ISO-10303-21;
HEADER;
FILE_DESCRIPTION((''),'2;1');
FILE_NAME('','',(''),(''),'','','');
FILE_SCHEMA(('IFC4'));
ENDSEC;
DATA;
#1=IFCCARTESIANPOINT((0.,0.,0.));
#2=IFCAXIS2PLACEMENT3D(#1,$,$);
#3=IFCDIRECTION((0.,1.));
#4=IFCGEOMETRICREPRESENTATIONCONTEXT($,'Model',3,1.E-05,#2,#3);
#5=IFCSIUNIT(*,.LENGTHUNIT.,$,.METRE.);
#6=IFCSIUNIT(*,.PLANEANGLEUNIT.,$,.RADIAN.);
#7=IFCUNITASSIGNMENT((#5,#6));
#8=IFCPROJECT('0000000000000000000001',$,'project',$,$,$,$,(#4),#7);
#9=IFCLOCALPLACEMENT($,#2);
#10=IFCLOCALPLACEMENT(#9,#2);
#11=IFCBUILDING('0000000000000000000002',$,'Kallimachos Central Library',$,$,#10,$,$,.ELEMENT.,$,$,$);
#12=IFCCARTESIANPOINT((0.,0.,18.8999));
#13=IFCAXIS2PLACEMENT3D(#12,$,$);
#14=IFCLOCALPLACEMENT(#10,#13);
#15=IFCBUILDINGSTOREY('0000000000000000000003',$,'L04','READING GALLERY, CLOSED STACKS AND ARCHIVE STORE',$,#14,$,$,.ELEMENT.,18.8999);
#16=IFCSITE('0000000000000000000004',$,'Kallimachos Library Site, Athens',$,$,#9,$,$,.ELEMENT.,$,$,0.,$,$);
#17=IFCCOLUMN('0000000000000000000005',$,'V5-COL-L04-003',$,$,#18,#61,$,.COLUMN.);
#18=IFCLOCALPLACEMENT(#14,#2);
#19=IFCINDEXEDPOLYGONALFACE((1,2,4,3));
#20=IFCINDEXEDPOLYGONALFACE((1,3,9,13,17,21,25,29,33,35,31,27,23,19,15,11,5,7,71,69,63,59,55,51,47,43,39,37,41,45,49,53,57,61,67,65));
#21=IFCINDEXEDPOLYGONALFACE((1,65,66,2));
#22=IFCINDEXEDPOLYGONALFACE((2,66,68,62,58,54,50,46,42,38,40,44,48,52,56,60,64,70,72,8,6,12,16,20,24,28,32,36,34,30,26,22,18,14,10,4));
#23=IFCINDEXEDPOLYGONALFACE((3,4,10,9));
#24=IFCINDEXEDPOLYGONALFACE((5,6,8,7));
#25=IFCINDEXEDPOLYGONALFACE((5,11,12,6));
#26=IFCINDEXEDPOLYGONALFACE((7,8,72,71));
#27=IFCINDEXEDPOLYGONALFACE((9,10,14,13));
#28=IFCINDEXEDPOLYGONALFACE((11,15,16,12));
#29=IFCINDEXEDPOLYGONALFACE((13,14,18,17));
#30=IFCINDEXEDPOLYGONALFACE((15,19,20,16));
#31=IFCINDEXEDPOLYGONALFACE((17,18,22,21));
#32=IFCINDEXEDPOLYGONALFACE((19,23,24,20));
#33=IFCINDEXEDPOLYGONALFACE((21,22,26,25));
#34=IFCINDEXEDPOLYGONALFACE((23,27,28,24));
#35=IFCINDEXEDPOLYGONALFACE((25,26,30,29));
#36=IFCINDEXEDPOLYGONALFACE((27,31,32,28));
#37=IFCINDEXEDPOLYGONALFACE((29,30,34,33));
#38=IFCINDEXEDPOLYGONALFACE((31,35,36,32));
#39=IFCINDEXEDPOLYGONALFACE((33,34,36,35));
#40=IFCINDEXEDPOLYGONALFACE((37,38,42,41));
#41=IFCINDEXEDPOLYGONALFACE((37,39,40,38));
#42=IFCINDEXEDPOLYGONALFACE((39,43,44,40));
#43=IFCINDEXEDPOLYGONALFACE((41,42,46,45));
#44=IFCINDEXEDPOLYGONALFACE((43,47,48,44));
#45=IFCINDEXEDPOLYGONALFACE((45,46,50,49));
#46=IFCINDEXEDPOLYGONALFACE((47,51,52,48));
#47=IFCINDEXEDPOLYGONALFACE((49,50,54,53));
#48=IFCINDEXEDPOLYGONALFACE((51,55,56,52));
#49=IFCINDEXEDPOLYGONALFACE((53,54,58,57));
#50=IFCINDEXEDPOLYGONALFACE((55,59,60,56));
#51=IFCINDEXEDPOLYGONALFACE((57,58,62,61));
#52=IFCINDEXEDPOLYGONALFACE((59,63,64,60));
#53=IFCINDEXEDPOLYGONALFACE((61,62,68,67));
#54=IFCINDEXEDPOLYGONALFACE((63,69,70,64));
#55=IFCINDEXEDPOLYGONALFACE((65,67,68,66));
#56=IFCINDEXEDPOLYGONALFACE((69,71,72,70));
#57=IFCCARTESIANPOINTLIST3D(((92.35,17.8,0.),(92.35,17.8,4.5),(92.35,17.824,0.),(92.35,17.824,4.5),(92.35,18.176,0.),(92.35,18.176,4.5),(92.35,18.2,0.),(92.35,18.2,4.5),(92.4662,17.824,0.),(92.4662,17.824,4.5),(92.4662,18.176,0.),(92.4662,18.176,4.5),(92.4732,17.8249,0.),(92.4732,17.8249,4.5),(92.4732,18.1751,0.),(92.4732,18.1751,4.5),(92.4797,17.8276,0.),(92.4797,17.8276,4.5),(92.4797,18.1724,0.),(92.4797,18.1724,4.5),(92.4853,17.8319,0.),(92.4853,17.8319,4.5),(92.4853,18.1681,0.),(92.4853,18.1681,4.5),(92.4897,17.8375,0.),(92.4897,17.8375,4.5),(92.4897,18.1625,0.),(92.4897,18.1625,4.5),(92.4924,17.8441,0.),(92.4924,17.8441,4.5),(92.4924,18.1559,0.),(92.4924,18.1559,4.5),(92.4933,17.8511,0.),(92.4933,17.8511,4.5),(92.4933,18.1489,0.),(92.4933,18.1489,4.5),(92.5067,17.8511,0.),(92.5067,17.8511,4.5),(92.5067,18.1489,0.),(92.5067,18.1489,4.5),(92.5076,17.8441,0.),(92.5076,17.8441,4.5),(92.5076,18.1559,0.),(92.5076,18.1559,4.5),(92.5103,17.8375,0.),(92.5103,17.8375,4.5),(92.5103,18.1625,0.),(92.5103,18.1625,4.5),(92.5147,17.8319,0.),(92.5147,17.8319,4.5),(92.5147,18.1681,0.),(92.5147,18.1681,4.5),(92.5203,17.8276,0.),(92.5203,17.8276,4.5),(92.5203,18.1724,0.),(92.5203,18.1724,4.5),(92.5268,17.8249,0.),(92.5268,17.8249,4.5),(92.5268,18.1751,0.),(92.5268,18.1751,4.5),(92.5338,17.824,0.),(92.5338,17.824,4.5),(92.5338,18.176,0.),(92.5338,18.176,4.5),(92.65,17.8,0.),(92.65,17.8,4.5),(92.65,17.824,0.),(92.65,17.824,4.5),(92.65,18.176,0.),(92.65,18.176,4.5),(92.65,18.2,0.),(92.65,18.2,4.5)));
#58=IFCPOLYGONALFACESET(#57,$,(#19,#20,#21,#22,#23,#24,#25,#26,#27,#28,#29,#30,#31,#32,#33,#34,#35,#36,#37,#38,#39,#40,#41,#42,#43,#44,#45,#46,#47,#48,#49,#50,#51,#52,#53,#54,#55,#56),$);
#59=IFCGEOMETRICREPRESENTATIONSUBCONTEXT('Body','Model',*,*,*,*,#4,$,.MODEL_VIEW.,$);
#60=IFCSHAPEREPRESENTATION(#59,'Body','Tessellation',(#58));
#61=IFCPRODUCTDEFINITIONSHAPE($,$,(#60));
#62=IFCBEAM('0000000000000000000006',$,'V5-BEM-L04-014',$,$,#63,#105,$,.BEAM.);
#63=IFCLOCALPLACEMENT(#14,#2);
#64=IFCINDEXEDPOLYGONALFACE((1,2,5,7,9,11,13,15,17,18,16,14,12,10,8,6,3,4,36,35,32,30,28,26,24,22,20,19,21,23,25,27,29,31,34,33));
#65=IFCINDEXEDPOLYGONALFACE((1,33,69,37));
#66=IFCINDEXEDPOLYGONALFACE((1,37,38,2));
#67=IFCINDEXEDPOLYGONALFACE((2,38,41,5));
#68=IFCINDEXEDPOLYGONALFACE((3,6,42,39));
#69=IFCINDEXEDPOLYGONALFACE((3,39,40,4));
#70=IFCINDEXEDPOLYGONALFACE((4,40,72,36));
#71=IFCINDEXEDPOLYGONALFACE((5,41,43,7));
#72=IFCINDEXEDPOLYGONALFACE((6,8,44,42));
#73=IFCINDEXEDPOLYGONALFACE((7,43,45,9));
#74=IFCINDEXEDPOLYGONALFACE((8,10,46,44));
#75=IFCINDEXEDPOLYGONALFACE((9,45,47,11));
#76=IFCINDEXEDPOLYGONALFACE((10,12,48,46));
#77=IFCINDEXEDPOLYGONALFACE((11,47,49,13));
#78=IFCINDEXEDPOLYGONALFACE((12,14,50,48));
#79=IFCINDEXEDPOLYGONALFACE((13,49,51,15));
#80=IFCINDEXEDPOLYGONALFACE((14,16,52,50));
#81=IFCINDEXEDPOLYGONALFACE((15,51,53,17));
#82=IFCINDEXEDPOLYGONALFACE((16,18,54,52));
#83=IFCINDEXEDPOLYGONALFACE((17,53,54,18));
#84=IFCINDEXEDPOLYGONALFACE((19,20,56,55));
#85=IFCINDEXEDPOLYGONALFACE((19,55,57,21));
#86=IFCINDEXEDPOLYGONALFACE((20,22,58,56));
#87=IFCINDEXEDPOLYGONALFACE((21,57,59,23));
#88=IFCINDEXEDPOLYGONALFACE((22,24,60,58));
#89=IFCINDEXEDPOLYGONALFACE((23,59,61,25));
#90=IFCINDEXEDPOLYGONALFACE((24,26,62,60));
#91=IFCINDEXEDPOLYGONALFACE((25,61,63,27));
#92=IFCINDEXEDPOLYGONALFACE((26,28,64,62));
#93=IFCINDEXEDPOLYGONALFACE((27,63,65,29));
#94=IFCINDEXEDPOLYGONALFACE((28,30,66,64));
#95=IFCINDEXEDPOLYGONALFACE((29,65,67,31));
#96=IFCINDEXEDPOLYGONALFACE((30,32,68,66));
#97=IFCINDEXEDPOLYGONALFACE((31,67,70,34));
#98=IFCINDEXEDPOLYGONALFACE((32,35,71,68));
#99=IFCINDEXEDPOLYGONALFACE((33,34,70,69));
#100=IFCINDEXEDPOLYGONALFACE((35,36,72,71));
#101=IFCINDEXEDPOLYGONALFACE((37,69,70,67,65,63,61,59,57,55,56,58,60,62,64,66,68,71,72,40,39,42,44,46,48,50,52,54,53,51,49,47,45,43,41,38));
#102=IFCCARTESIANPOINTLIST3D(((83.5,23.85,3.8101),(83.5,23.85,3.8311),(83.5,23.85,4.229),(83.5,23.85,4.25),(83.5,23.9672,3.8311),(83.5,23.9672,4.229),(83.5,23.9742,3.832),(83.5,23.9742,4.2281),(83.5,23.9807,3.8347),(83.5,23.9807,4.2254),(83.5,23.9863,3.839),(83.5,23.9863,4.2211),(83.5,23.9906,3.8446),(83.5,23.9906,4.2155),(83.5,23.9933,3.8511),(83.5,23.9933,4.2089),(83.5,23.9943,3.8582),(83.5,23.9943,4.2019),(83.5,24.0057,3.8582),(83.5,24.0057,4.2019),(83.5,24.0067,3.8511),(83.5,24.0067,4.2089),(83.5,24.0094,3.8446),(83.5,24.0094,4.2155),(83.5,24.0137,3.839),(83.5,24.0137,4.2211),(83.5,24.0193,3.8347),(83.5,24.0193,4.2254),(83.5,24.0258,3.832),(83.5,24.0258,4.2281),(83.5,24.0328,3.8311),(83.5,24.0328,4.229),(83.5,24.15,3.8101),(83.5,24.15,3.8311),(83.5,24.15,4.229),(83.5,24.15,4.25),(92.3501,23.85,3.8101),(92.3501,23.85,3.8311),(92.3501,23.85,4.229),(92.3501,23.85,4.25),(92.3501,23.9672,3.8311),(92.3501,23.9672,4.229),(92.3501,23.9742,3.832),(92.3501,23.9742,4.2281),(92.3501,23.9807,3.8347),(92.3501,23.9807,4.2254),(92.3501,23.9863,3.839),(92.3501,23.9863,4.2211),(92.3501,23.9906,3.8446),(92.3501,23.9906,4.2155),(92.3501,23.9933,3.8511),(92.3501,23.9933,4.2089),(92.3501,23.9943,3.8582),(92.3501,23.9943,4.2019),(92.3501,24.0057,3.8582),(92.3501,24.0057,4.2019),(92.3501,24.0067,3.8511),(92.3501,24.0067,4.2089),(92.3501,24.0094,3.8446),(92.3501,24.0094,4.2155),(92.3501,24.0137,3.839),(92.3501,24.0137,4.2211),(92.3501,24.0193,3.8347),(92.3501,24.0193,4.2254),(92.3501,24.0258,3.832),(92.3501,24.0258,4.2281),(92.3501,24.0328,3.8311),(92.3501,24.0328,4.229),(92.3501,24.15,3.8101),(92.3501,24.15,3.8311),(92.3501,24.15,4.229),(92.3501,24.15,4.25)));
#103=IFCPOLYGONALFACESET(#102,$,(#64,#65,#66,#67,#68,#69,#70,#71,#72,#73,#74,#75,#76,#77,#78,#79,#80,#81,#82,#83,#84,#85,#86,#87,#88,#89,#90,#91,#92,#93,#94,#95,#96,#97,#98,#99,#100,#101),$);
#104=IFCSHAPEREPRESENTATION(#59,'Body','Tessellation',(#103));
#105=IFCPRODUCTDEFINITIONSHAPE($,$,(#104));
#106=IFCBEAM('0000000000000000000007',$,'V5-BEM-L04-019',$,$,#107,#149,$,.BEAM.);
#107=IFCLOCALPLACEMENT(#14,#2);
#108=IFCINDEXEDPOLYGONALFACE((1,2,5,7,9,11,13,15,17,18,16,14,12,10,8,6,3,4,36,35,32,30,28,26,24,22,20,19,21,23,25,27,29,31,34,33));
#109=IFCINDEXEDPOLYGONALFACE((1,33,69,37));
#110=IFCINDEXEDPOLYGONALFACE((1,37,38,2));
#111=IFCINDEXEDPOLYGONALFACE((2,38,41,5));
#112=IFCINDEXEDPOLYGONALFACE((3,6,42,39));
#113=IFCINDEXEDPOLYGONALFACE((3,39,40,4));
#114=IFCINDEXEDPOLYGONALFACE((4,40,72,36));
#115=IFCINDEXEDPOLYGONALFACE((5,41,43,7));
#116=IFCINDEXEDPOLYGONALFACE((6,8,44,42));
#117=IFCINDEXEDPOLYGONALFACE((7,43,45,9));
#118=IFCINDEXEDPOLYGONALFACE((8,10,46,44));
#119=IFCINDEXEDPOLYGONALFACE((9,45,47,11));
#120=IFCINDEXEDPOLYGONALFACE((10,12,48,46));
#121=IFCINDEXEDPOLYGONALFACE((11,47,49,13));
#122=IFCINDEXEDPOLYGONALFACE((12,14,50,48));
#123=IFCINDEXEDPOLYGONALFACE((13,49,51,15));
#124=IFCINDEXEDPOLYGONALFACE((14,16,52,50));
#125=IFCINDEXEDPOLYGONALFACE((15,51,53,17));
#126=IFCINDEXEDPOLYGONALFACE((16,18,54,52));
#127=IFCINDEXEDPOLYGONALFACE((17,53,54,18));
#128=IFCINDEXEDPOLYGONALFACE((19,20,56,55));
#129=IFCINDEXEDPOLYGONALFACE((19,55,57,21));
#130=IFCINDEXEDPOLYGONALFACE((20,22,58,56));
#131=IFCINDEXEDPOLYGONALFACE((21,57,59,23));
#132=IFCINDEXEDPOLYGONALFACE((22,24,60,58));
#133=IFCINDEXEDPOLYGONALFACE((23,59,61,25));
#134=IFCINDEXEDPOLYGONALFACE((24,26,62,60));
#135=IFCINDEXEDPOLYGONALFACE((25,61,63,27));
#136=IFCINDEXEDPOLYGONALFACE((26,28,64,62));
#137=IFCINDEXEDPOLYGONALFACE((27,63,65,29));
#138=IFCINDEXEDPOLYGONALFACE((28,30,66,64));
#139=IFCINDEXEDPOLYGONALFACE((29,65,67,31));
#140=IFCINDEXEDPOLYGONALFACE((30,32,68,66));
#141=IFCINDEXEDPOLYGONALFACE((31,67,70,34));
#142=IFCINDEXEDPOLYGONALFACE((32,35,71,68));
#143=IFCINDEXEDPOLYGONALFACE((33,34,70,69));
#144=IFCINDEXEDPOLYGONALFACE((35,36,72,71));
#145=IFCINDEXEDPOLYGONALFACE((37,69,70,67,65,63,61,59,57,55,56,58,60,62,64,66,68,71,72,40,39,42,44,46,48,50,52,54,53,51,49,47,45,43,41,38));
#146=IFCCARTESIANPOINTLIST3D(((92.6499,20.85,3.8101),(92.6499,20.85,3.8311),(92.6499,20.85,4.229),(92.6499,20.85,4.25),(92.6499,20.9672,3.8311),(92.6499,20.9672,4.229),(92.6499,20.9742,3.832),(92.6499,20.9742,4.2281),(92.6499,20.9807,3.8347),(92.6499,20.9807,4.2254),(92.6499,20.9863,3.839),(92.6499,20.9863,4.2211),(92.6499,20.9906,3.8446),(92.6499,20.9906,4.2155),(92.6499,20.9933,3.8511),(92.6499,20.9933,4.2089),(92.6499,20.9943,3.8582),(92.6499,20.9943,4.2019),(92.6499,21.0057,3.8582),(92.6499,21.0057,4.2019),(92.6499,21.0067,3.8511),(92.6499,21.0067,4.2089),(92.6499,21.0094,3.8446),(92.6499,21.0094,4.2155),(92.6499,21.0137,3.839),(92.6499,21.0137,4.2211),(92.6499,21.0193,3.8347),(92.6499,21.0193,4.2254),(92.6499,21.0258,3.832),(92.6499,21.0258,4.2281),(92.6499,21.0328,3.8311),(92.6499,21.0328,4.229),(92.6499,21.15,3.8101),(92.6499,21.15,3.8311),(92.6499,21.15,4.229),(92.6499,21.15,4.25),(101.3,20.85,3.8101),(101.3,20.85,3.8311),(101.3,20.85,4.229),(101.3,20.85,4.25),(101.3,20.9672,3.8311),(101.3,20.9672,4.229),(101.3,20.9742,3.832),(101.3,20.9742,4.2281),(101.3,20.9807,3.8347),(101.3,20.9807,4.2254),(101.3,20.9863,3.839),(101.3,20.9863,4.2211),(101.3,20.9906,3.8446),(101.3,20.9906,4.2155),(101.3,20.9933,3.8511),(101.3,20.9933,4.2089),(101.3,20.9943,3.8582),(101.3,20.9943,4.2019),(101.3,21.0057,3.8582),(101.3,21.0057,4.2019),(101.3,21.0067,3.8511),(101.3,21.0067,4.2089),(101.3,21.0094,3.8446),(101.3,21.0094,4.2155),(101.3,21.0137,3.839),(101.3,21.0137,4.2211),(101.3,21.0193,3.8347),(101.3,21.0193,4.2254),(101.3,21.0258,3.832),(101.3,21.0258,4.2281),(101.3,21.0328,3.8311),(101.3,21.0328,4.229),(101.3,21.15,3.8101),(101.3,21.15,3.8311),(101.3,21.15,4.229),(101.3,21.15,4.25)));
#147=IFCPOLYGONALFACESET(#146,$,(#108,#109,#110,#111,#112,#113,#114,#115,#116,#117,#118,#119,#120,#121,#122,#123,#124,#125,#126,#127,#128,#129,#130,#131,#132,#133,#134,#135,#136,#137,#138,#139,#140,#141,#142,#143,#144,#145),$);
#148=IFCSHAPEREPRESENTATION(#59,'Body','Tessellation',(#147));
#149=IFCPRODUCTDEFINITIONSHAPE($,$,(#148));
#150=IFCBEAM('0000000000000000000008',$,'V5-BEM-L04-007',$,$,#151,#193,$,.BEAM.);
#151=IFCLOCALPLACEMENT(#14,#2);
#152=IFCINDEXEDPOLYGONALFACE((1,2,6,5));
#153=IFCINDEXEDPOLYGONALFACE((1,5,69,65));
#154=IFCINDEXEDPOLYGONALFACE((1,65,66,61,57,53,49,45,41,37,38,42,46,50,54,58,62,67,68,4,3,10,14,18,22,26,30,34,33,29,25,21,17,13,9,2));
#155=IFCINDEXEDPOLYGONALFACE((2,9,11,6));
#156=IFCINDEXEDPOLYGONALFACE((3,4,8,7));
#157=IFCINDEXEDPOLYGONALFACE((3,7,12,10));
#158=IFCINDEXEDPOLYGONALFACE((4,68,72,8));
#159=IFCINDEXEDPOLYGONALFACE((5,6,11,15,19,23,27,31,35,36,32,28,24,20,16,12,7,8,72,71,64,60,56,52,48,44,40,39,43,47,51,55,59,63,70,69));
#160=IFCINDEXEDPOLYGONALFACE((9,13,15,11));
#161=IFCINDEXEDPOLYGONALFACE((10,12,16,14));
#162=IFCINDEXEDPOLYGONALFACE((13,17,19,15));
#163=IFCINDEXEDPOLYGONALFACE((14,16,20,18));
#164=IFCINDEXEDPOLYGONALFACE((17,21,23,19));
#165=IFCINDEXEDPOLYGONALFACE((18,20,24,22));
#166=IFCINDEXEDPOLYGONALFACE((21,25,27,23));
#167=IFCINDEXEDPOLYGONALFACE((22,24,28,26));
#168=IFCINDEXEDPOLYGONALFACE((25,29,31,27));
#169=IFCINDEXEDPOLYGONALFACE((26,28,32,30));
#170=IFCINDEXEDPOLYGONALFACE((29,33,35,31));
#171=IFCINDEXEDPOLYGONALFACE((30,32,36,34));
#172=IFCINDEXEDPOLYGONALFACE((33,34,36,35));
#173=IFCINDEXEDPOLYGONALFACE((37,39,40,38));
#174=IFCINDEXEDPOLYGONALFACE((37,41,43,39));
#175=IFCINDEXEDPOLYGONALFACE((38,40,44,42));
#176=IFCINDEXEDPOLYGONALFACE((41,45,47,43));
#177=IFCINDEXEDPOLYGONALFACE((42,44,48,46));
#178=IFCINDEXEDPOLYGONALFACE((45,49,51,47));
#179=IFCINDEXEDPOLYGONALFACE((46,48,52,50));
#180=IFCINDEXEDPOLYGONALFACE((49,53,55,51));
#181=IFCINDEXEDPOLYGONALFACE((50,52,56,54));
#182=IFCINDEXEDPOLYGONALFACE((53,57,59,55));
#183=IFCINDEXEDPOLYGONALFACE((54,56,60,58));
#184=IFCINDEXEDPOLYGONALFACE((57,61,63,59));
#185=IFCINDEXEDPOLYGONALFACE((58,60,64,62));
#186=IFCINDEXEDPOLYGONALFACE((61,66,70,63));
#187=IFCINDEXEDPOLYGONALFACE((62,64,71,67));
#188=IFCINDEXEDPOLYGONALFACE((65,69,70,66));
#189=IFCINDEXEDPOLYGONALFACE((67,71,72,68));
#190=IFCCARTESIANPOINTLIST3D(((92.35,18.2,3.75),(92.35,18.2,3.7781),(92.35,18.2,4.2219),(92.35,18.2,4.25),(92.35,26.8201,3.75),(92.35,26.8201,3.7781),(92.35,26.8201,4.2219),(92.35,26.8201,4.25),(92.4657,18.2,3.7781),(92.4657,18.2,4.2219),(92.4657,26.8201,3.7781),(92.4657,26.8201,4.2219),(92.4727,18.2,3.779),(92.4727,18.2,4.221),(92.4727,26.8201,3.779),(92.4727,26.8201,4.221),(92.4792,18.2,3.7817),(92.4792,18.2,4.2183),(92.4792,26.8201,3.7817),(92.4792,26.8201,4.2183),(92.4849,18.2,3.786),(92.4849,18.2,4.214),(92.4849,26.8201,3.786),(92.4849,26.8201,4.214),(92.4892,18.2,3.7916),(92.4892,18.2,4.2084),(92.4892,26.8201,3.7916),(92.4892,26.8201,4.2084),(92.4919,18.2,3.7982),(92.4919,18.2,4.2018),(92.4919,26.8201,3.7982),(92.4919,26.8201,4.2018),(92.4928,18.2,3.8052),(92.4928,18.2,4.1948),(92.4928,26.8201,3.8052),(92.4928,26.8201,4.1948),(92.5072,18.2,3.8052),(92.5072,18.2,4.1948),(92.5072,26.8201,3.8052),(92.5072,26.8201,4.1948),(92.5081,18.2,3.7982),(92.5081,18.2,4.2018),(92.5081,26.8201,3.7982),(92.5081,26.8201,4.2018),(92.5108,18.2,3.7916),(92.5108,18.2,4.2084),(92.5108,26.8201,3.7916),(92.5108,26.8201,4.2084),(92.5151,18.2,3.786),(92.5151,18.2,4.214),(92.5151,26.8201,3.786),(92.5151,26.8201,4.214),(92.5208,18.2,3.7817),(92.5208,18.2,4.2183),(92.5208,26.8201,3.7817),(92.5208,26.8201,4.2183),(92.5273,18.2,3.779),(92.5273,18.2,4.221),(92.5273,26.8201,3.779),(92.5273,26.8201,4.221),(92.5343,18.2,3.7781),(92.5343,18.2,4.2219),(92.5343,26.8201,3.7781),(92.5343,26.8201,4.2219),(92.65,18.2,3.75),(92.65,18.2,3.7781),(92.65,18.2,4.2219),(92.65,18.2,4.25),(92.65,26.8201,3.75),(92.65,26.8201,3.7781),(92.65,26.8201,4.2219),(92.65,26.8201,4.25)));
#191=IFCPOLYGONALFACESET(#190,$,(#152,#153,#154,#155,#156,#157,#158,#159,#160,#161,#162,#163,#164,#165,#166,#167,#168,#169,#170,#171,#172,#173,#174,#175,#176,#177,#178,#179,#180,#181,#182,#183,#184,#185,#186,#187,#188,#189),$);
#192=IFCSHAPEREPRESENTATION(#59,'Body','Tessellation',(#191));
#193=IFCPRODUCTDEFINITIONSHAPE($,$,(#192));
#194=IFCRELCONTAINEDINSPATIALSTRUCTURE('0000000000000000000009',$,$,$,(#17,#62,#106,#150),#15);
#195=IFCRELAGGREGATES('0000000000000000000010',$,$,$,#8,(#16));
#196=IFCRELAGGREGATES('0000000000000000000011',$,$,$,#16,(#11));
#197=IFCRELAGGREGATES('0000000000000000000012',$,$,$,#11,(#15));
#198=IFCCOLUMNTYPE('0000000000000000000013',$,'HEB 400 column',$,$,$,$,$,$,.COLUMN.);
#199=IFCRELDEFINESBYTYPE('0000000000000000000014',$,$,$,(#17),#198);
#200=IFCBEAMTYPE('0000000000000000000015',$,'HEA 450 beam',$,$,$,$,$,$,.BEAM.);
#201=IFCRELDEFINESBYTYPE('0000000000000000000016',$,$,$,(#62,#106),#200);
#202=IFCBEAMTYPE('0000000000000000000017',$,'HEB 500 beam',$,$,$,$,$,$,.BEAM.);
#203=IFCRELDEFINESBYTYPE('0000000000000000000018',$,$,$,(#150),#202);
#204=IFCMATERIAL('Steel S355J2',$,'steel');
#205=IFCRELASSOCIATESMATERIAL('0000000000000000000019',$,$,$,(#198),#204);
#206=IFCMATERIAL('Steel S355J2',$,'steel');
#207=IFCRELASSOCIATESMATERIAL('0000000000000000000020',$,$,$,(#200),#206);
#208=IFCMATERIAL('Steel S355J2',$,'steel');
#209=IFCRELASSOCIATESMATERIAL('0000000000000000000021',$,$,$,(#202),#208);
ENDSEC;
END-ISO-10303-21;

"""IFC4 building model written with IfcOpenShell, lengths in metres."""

from ifc_helpers import new_model, si_unit, direction, frame, origin, origin_2d, place, context, subcontext, project, spatial, i_section, extrude, material, material_profile, profile_set, type_object, element, save


model = new_model("IFC4")

# Units and contexts
model_context = context("Model", 3, precision=1e-05, world=origin(), true_north=direction((0.0, 1.0)))
body_context = subcontext(model_context, "Body", "Model", "MODEL_VIEW")
ifc_project = project(units=[si_unit("LENGTHUNIT", "METRE"), si_unit("PLANEANGLEUNIT", "RADIAN")], contexts=[model_context])

# Site, building, storey
site_placement = place(None, origin())
site = spatial("IfcSite", under=ifc_project, at=site_placement, Name="Kallimachos Library Site, Athens", CompositionType="ELEMENT", RefElevation=0.0)
building_placement = place(site_placement, origin())
building = spatial("IfcBuilding", under=site, at=building_placement, Name="Kallimachos Central Library", CompositionType="ELEMENT")
storey_placement = place(building_placement, frame((0.0, 0.0, 18.8999)))
storey = spatial("IfcBuildingStorey", under=building, at=storey_placement, Name="L04", Description="READING GALLERY, CLOSED STACKS AND ARCHIVE STORE", CompositionType="ELEMENT", Elevation=18.8999)

# Column
ifc_material_1 = material(Name="Steel S355J2", Category="steel")
ifc_material_profile_1 = material_profile(ifc_material_1, i_section(OverallWidth=0.3, OverallDepth=0.3999, WebThickness=0.0134, FlangeThickness=0.0239, FilletRadius=0.0271, at=origin_2d()), Name="HEB 400")
ifc_profile_set_1 = profile_set([ifc_material_profile_1], Name="Steel S355J2")
column_type = type_object("IfcColumnType", Name="HEB 400 column", PredefinedType="COLUMN", material=ifc_profile_set_1)
column_placement = place(storey_placement, frame((92.5, 18.0, 0.0), z_axis=(0.0, 0.0, 1.0), x_axis=(1.0, 0.0, 0.0)))
element("IfcColumn", 1, at=column_placement, inside=storey, type_object=column_type, Name="V5-COL-L04-003", PredefinedType="COLUMN", context=body_context, shape_type="SweptSolid", body=[
    extrude(i_section(OverallWidth=0.3, OverallDepth=0.3999, WebThickness=0.0134, FlangeThickness=0.0239, FilletRadius=0.0271, at=origin_2d()), origin(), (0.0, 0.0, 1.0), 4.5),
])

# Beams
ifc_material_2 = material(Name="Steel S355J2", Category="steel")
ifc_material_profile_2 = material_profile(ifc_material_2, i_section(OverallWidth=0.3, OverallDepth=0.4399, WebThickness=0.0115, FlangeThickness=0.021, FilletRadius=0.0271, at=origin_2d()), Name="HEA 450")
ifc_profile_set_2 = profile_set([ifc_material_profile_2], Name="Steel S355J2")
beam_type_1 = type_object("IfcBeamType", Name="HEA 450 beam", PredefinedType="BEAM", material=ifc_profile_set_2)
beam_1_placement = place(storey_placement, frame((83.5, 24.0, 4.03), z_axis=(1.0, 0.0, 0.0), x_axis=(0.0, 1.0, 0.0)))
element("IfcBeam", 2, at=beam_1_placement, inside=storey, type_object=beam_type_1, Name="V5-BEM-L04-014", PredefinedType="BEAM", context=body_context, shape_type="SweptSolid", body=[
    extrude(i_section(OverallWidth=0.3, OverallDepth=0.4399, WebThickness=0.0115, FlangeThickness=0.021, FilletRadius=0.0271, at=origin_2d()), origin(), (0.0, 0.0, 1.0), 8.8501),
])
beam_2_placement = place(storey_placement, frame((92.6499, 21.0, 4.03), z_axis=(1.0, 0.0, 0.0), x_axis=(0.0, 1.0, 0.0)))
element("IfcBeam", 3, at=beam_2_placement, inside=storey, type_object=beam_type_1, Name="V5-BEM-L04-019", PredefinedType="BEAM", context=body_context, shape_type="SweptSolid", body=[
    extrude(i_section(OverallWidth=0.3, OverallDepth=0.4399, WebThickness=0.0115, FlangeThickness=0.021, FilletRadius=0.0271, at=origin_2d()), origin(), (0.0, 0.0, 1.0), 8.6501),
])
ifc_material_3 = material(Name="Steel S355J2", Category="steel")
ifc_material_profile_3 = material_profile(ifc_material_3, i_section(OverallWidth=0.3, OverallDepth=0.5, WebThickness=0.0144, FlangeThickness=0.0281, FilletRadius=0.0271, at=origin_2d()), Name="HEB 500")
ifc_profile_set_3 = profile_set([ifc_material_profile_3], Name="Steel S355J2")
beam_type_2 = type_object("IfcBeamType", Name="HEB 500 beam", PredefinedType="BEAM", material=ifc_profile_set_3)
beam_3_placement = place(storey_placement, frame((92.5, 18.2, 4.0), z_axis=(0.0, 1.0, 0.0), x_axis=(-1.0, 0.0, 0.0)))
element("IfcBeam", 4, at=beam_3_placement, inside=storey, type_object=beam_type_2, Name="V5-BEM-L04-007", PredefinedType="BEAM", context=body_context, shape_type="SweptSolid", body=[
    extrude(i_section(OverallWidth=0.3, OverallDepth=0.5, WebThickness=0.0144, FlangeThickness=0.0281, FilletRadius=0.0271, at=origin_2d()), origin(), (0.0, 0.0, 1.0), 8.6201),
])

save(model, "model.ifc")
